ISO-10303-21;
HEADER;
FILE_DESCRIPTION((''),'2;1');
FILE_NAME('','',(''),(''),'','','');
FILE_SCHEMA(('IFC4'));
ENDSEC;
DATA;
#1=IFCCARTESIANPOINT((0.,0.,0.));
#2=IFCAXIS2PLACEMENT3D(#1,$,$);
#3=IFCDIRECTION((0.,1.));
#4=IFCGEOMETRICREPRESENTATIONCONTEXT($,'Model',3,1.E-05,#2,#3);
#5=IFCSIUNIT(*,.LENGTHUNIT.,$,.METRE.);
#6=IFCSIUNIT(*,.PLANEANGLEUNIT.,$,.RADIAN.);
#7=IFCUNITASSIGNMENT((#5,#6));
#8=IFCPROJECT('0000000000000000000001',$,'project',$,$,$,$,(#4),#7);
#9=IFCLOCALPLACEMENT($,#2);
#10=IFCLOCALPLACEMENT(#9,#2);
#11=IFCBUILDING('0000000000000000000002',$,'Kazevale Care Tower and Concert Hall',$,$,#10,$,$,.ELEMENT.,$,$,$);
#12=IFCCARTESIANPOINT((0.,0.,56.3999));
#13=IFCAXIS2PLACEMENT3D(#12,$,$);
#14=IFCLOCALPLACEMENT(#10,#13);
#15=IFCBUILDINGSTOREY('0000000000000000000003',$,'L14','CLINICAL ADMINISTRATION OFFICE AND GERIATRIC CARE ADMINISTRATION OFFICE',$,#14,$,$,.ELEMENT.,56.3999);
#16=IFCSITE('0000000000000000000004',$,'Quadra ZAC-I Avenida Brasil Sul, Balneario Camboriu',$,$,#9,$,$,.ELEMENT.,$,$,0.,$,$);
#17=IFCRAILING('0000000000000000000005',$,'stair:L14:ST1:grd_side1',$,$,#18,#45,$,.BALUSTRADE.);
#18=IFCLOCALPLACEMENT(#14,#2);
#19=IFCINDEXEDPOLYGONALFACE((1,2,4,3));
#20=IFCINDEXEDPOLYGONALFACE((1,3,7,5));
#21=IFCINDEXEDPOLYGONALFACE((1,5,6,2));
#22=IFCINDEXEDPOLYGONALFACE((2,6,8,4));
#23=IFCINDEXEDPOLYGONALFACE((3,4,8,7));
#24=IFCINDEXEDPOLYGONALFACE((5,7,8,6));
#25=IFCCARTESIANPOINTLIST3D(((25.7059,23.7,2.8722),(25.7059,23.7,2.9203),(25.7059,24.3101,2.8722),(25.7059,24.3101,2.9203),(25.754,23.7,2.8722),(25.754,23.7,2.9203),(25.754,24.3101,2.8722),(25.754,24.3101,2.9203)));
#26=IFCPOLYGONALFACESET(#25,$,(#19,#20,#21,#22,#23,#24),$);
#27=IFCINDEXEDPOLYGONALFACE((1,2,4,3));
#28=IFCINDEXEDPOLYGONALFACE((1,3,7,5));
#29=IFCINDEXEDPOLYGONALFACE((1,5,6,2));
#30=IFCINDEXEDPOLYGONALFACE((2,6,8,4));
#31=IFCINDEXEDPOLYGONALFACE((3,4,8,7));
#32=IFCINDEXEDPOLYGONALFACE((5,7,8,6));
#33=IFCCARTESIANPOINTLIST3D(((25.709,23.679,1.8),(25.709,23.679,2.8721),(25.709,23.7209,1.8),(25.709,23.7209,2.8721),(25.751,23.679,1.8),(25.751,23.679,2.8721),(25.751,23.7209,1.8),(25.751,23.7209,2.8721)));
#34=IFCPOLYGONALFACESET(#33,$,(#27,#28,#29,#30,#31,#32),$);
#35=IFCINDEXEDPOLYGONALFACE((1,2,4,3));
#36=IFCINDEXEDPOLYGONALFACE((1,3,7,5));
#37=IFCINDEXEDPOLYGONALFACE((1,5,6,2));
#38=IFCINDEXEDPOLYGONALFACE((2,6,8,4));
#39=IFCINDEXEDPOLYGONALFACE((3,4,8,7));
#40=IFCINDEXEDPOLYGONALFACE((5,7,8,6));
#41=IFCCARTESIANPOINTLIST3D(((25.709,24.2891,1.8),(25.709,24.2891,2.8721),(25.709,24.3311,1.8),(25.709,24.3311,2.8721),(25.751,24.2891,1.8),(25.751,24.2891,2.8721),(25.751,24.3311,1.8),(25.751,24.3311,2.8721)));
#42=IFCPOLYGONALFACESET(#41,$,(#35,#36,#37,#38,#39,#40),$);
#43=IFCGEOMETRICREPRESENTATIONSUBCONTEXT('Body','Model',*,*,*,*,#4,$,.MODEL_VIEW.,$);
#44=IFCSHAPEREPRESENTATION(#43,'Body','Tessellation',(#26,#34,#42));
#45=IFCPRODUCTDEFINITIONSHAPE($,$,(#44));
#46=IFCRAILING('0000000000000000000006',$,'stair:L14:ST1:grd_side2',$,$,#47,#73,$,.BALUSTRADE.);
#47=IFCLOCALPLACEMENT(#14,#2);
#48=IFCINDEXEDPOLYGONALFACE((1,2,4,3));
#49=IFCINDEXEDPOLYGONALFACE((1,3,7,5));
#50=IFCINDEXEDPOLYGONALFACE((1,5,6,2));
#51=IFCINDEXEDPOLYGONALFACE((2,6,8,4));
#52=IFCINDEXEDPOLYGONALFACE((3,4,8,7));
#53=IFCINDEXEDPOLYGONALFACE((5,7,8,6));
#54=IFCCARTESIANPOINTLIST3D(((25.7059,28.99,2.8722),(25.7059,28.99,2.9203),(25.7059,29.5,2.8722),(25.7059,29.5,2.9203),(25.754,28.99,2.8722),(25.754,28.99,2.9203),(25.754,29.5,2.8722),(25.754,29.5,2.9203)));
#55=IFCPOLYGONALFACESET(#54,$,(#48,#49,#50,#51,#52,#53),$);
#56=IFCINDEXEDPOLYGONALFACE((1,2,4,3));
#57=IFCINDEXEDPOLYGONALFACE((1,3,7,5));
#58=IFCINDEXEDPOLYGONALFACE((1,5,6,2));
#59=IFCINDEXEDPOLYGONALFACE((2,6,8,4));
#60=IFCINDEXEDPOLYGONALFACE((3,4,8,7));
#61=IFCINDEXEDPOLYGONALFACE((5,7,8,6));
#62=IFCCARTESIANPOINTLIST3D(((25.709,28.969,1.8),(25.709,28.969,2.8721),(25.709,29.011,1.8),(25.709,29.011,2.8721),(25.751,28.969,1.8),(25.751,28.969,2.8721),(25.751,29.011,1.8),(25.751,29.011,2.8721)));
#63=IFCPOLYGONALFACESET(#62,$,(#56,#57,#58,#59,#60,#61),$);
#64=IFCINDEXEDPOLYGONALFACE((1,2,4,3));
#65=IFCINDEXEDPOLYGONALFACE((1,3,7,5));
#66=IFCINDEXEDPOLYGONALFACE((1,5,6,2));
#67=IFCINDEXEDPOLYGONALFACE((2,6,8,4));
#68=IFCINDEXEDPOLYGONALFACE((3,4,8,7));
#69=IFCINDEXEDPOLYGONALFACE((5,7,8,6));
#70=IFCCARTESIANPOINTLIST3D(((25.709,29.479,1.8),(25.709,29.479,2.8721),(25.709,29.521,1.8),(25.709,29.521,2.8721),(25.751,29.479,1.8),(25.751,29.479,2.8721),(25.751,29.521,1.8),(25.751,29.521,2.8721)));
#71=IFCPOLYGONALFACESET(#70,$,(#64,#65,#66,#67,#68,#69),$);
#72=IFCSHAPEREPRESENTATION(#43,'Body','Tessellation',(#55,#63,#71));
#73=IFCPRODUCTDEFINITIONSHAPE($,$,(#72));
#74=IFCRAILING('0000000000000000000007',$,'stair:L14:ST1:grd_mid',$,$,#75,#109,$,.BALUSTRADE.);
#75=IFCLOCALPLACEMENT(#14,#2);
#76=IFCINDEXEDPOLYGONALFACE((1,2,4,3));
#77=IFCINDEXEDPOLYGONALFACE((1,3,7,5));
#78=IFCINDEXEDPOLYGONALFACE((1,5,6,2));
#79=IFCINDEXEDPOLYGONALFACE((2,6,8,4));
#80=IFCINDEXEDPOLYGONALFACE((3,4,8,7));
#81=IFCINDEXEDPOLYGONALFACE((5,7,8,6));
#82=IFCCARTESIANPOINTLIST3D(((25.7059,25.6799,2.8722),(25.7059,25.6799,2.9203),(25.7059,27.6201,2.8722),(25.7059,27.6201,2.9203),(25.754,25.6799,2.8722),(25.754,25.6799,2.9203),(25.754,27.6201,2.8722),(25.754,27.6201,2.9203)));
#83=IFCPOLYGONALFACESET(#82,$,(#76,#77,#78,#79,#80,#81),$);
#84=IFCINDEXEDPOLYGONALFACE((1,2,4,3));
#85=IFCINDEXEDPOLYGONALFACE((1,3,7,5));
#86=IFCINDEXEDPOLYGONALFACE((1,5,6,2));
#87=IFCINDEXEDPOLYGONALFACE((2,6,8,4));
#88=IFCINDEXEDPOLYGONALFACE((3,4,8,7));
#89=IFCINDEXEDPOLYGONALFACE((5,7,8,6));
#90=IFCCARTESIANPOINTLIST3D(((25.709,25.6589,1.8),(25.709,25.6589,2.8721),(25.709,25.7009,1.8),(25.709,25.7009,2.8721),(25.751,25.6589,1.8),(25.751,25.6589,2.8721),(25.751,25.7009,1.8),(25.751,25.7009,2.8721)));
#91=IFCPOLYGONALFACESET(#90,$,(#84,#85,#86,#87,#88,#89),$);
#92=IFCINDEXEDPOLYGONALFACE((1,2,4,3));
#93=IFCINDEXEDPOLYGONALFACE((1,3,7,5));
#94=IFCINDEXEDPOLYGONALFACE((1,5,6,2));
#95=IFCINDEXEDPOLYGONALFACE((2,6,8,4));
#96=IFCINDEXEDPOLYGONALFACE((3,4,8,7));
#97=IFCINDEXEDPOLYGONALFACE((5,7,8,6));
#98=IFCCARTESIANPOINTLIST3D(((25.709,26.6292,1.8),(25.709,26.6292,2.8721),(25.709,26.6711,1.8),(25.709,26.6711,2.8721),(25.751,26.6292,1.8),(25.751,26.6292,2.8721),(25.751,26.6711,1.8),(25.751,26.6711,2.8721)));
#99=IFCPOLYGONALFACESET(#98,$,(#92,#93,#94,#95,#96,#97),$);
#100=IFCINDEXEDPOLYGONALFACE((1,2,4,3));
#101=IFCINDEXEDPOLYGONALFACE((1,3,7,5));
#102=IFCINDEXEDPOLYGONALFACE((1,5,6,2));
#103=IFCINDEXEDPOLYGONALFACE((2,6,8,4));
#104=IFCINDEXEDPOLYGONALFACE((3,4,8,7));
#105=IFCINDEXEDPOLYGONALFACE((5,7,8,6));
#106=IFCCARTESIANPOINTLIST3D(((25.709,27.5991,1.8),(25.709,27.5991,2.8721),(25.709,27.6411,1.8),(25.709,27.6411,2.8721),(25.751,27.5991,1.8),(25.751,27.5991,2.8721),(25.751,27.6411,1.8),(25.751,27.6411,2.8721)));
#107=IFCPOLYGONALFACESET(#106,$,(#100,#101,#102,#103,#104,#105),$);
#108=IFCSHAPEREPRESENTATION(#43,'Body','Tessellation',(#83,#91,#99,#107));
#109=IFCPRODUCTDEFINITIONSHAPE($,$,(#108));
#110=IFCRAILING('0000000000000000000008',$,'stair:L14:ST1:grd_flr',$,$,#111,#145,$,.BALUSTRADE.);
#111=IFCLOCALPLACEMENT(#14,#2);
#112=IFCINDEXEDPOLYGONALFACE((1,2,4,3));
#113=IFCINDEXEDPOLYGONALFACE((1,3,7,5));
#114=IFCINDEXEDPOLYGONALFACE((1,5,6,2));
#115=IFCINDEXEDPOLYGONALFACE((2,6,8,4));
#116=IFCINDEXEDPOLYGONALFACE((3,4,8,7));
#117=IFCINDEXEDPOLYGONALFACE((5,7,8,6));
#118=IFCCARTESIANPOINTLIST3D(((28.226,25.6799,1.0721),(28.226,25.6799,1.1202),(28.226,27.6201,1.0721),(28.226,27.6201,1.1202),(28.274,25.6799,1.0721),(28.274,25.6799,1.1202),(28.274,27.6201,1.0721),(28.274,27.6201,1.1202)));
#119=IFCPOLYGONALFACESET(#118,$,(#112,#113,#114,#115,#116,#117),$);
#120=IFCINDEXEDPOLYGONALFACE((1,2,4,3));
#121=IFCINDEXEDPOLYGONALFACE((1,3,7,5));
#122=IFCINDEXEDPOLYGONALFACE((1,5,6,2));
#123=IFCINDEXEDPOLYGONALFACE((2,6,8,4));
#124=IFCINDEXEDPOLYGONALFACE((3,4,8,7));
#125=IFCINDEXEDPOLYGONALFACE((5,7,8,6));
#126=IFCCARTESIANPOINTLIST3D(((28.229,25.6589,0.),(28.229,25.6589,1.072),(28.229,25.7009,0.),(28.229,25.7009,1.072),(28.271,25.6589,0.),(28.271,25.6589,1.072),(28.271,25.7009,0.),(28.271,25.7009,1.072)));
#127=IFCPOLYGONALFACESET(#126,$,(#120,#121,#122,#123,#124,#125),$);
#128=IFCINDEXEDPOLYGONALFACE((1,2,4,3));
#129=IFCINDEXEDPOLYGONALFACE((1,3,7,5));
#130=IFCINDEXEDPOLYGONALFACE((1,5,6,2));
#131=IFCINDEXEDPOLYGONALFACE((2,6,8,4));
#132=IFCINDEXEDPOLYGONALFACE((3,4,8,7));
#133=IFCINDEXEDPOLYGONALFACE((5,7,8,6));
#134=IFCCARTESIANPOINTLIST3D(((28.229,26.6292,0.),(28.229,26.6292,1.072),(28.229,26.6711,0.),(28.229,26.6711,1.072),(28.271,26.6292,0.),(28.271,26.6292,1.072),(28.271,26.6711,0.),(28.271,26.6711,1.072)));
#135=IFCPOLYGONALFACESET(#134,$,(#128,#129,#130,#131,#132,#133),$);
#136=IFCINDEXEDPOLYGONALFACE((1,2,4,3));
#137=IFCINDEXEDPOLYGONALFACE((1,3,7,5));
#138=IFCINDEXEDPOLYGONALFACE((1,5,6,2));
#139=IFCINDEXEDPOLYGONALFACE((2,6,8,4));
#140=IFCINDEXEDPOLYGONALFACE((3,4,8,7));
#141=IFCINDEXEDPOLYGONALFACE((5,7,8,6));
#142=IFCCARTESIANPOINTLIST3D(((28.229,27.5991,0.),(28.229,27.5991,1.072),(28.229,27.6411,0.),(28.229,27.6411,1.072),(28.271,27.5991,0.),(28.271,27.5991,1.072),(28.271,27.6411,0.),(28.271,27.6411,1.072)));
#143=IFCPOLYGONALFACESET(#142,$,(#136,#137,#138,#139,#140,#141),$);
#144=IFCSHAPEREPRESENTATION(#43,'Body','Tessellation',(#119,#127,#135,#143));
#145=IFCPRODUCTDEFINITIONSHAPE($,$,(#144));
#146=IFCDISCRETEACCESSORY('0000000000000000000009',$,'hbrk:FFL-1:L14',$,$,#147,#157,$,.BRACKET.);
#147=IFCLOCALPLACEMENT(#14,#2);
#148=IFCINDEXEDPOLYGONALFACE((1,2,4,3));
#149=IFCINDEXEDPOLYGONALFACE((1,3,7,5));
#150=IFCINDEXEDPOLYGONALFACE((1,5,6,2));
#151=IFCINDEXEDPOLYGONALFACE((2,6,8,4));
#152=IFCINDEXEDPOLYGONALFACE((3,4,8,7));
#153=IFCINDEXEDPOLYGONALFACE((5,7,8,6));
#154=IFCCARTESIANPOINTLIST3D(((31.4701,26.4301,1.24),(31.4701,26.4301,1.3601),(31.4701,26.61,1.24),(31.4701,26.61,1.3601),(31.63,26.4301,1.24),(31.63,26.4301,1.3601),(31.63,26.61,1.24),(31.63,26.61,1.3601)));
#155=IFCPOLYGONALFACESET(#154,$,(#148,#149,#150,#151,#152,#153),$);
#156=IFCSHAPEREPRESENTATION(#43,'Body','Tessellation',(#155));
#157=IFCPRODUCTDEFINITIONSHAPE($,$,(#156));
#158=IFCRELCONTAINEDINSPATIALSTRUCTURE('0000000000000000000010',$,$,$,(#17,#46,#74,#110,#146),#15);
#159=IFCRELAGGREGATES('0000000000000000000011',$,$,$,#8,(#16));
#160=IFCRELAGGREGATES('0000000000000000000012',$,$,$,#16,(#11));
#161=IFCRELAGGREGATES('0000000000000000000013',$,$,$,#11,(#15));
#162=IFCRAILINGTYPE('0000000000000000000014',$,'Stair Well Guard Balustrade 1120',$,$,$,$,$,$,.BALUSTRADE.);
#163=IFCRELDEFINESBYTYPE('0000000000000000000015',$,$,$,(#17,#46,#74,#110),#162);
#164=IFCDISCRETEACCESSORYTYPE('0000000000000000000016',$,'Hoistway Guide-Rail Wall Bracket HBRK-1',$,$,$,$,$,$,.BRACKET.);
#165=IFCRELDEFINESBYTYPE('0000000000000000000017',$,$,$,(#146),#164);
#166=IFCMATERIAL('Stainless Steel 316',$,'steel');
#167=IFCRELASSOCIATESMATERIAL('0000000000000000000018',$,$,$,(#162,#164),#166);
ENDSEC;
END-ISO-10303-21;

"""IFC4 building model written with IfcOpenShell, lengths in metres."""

from ifc_helpers import new_model, si_unit, direction, frame, origin, origin_2d, place, context, subcontext, project, spatial, rectangle, extrude, material, type_object, element, save


model = new_model("IFC4")

# Units and contexts
model_context = context("Model", 3, precision=1e-05, world=origin(), true_north=direction((0.0, 1.0)))
body_context = subcontext(model_context, "Body", "Model", "MODEL_VIEW")
ifc_project = project(units=[si_unit("LENGTHUNIT", "METRE"), si_unit("PLANEANGLEUNIT", "RADIAN")], contexts=[model_context])

# Site, building, storey
site_placement = place(None, origin())
site = spatial("IfcSite", under=ifc_project, at=site_placement, Name="Quadra ZAC-I Avenida Brasil Sul, Balneario Camboriu", CompositionType="ELEMENT", RefElevation=0.0)
building_placement = place(site_placement, origin())
building = spatial("IfcBuilding", under=site, at=building_placement, Name="Kazevale Care Tower and Concert Hall", CompositionType="ELEMENT")
storey_placement = place(building_placement, frame((0.0, 0.0, 56.3999)))
storey = spatial("IfcBuildingStorey", under=building, at=storey_placement, Name="L14", Description="CLINICAL ADMINISTRATION OFFICE AND GERIATRIC CARE ADMINISTRATION OFFICE", CompositionType="ELEMENT", Elevation=56.3999)

# Shared definitions
ifc_material_1 = material(Name="Stainless Steel 316", Category="steel")

# Railings
railing_type_1 = type_object("IfcRailingType", Name="Stair Well Guard Balustrade 1120", PredefinedType="BALUSTRADE", material=ifc_material_1)
railing_1_placement = place(storey_placement, frame((25.73, 23.7, 1.8)))
element("IfcRailing", 1, at=railing_1_placement, inside=storey, type_object=railing_type_1, Name="stair:L14:ST1:grd_side1", PredefinedType="BALUSTRADE", context=body_context, shape_type="SweptSolid", body=[
    extrude(rectangle(XDim=0.0481, YDim=0.0481, at=origin_2d()), frame((0.0, 0.0, 1.0962), z_axis=(0.0, 1.0, 0.0), x_axis=(-1.0, 0.0, 0.0)), (0.0, 0.0, 1.0), 0.6101),
    extrude(rectangle(XDim=0.042, YDim=0.042, at=origin_2d()), origin(), (0.0, 0.0, 1.0), 1.072),
    extrude(rectangle(XDim=0.042, YDim=0.042, at=origin_2d()), frame((0.0, 0.6101, 0.0)), (0.0, 0.0, 1.0), 1.072),
])
railing_2_placement = place(storey_placement, frame((25.73, 28.99, 1.8)))
element("IfcRailing", 2, at=railing_2_placement, inside=storey, type_object=railing_type_1, Name="stair:L14:ST1:grd_side2", PredefinedType="BALUSTRADE", context=body_context, shape_type="SweptSolid", body=[
    extrude(rectangle(XDim=0.0481, YDim=0.0481, at=origin_2d()), frame((0.0, 0.0, 1.0962), z_axis=(0.0, 1.0, 0.0), x_axis=(-1.0, 0.0, 0.0)), (0.0, 0.0, 1.0), 0.51),
    extrude(rectangle(XDim=0.042, YDim=0.042, at=origin_2d()), origin(), (0.0, 0.0, 1.0), 1.072),
    extrude(rectangle(XDim=0.042, YDim=0.042, at=origin_2d()), frame((0.0, 0.51, 0.0)), (0.0, 0.0, 1.0), 1.072),
])
for number, where, name in (
    (3, (25.73, 25.6799, 1.8), "stair:L14:ST1:grd_mid"),
    (4, (28.25, 25.6799, 0.0), "stair:L14:ST1:grd_flr"),
):
    element("IfcRailing", number, at=place(storey_placement, frame(where)), inside=storey, type_object=railing_type_1, Name=name, PredefinedType="BALUSTRADE", context=body_context, shape_type="SweptSolid", body=[
        extrude(rectangle(XDim=0.0481, YDim=0.0481, at=origin_2d()), frame((0.0, 0.0, 1.0962), z_axis=(0.0, 1.0, 0.0), x_axis=(-1.0, 0.0, 0.0)), (0.0, 0.0, 1.0), 1.9402),
        extrude(rectangle(XDim=0.042, YDim=0.042, at=origin_2d()), origin(), (0.0, 0.0, 1.0), 1.072),
        extrude(rectangle(XDim=0.042, YDim=0.042, at=origin_2d()), frame((0.0, 0.9702, 0.0)), (0.0, 0.0, 1.0), 1.072),
        extrude(rectangle(XDim=0.042, YDim=0.042, at=origin_2d()), frame((0.0, 1.9402, 0.0)), (0.0, 0.0, 1.0), 1.072),
    ])

# Discrete accessory
discrete_accessory_type = type_object("IfcDiscreteAccessoryType", Name="Hoistway Guide-Rail Wall Bracket HBRK-1", PredefinedType="BRACKET", material=ifc_material_1)
discrete_accessory_placement = place(storey_placement, frame((31.55, 26.52, 1.24), z_axis=(0.0, 0.0, 1.0), x_axis=(1.0, 0.0, 0.0)))
element("IfcDiscreteAccessory", 5, at=discrete_accessory_placement, inside=storey, type_object=discrete_accessory_type, Name="hbrk:FFL-1:L14", PredefinedType="BRACKET", context=body_context, shape_type="SweptSolid", body=[
    extrude(rectangle(XDim=0.1599, YDim=0.1799, at=origin_2d()), origin(), (0.0, 0.0, 1.0), 0.1201),
])

save(model, "model.ifc")
